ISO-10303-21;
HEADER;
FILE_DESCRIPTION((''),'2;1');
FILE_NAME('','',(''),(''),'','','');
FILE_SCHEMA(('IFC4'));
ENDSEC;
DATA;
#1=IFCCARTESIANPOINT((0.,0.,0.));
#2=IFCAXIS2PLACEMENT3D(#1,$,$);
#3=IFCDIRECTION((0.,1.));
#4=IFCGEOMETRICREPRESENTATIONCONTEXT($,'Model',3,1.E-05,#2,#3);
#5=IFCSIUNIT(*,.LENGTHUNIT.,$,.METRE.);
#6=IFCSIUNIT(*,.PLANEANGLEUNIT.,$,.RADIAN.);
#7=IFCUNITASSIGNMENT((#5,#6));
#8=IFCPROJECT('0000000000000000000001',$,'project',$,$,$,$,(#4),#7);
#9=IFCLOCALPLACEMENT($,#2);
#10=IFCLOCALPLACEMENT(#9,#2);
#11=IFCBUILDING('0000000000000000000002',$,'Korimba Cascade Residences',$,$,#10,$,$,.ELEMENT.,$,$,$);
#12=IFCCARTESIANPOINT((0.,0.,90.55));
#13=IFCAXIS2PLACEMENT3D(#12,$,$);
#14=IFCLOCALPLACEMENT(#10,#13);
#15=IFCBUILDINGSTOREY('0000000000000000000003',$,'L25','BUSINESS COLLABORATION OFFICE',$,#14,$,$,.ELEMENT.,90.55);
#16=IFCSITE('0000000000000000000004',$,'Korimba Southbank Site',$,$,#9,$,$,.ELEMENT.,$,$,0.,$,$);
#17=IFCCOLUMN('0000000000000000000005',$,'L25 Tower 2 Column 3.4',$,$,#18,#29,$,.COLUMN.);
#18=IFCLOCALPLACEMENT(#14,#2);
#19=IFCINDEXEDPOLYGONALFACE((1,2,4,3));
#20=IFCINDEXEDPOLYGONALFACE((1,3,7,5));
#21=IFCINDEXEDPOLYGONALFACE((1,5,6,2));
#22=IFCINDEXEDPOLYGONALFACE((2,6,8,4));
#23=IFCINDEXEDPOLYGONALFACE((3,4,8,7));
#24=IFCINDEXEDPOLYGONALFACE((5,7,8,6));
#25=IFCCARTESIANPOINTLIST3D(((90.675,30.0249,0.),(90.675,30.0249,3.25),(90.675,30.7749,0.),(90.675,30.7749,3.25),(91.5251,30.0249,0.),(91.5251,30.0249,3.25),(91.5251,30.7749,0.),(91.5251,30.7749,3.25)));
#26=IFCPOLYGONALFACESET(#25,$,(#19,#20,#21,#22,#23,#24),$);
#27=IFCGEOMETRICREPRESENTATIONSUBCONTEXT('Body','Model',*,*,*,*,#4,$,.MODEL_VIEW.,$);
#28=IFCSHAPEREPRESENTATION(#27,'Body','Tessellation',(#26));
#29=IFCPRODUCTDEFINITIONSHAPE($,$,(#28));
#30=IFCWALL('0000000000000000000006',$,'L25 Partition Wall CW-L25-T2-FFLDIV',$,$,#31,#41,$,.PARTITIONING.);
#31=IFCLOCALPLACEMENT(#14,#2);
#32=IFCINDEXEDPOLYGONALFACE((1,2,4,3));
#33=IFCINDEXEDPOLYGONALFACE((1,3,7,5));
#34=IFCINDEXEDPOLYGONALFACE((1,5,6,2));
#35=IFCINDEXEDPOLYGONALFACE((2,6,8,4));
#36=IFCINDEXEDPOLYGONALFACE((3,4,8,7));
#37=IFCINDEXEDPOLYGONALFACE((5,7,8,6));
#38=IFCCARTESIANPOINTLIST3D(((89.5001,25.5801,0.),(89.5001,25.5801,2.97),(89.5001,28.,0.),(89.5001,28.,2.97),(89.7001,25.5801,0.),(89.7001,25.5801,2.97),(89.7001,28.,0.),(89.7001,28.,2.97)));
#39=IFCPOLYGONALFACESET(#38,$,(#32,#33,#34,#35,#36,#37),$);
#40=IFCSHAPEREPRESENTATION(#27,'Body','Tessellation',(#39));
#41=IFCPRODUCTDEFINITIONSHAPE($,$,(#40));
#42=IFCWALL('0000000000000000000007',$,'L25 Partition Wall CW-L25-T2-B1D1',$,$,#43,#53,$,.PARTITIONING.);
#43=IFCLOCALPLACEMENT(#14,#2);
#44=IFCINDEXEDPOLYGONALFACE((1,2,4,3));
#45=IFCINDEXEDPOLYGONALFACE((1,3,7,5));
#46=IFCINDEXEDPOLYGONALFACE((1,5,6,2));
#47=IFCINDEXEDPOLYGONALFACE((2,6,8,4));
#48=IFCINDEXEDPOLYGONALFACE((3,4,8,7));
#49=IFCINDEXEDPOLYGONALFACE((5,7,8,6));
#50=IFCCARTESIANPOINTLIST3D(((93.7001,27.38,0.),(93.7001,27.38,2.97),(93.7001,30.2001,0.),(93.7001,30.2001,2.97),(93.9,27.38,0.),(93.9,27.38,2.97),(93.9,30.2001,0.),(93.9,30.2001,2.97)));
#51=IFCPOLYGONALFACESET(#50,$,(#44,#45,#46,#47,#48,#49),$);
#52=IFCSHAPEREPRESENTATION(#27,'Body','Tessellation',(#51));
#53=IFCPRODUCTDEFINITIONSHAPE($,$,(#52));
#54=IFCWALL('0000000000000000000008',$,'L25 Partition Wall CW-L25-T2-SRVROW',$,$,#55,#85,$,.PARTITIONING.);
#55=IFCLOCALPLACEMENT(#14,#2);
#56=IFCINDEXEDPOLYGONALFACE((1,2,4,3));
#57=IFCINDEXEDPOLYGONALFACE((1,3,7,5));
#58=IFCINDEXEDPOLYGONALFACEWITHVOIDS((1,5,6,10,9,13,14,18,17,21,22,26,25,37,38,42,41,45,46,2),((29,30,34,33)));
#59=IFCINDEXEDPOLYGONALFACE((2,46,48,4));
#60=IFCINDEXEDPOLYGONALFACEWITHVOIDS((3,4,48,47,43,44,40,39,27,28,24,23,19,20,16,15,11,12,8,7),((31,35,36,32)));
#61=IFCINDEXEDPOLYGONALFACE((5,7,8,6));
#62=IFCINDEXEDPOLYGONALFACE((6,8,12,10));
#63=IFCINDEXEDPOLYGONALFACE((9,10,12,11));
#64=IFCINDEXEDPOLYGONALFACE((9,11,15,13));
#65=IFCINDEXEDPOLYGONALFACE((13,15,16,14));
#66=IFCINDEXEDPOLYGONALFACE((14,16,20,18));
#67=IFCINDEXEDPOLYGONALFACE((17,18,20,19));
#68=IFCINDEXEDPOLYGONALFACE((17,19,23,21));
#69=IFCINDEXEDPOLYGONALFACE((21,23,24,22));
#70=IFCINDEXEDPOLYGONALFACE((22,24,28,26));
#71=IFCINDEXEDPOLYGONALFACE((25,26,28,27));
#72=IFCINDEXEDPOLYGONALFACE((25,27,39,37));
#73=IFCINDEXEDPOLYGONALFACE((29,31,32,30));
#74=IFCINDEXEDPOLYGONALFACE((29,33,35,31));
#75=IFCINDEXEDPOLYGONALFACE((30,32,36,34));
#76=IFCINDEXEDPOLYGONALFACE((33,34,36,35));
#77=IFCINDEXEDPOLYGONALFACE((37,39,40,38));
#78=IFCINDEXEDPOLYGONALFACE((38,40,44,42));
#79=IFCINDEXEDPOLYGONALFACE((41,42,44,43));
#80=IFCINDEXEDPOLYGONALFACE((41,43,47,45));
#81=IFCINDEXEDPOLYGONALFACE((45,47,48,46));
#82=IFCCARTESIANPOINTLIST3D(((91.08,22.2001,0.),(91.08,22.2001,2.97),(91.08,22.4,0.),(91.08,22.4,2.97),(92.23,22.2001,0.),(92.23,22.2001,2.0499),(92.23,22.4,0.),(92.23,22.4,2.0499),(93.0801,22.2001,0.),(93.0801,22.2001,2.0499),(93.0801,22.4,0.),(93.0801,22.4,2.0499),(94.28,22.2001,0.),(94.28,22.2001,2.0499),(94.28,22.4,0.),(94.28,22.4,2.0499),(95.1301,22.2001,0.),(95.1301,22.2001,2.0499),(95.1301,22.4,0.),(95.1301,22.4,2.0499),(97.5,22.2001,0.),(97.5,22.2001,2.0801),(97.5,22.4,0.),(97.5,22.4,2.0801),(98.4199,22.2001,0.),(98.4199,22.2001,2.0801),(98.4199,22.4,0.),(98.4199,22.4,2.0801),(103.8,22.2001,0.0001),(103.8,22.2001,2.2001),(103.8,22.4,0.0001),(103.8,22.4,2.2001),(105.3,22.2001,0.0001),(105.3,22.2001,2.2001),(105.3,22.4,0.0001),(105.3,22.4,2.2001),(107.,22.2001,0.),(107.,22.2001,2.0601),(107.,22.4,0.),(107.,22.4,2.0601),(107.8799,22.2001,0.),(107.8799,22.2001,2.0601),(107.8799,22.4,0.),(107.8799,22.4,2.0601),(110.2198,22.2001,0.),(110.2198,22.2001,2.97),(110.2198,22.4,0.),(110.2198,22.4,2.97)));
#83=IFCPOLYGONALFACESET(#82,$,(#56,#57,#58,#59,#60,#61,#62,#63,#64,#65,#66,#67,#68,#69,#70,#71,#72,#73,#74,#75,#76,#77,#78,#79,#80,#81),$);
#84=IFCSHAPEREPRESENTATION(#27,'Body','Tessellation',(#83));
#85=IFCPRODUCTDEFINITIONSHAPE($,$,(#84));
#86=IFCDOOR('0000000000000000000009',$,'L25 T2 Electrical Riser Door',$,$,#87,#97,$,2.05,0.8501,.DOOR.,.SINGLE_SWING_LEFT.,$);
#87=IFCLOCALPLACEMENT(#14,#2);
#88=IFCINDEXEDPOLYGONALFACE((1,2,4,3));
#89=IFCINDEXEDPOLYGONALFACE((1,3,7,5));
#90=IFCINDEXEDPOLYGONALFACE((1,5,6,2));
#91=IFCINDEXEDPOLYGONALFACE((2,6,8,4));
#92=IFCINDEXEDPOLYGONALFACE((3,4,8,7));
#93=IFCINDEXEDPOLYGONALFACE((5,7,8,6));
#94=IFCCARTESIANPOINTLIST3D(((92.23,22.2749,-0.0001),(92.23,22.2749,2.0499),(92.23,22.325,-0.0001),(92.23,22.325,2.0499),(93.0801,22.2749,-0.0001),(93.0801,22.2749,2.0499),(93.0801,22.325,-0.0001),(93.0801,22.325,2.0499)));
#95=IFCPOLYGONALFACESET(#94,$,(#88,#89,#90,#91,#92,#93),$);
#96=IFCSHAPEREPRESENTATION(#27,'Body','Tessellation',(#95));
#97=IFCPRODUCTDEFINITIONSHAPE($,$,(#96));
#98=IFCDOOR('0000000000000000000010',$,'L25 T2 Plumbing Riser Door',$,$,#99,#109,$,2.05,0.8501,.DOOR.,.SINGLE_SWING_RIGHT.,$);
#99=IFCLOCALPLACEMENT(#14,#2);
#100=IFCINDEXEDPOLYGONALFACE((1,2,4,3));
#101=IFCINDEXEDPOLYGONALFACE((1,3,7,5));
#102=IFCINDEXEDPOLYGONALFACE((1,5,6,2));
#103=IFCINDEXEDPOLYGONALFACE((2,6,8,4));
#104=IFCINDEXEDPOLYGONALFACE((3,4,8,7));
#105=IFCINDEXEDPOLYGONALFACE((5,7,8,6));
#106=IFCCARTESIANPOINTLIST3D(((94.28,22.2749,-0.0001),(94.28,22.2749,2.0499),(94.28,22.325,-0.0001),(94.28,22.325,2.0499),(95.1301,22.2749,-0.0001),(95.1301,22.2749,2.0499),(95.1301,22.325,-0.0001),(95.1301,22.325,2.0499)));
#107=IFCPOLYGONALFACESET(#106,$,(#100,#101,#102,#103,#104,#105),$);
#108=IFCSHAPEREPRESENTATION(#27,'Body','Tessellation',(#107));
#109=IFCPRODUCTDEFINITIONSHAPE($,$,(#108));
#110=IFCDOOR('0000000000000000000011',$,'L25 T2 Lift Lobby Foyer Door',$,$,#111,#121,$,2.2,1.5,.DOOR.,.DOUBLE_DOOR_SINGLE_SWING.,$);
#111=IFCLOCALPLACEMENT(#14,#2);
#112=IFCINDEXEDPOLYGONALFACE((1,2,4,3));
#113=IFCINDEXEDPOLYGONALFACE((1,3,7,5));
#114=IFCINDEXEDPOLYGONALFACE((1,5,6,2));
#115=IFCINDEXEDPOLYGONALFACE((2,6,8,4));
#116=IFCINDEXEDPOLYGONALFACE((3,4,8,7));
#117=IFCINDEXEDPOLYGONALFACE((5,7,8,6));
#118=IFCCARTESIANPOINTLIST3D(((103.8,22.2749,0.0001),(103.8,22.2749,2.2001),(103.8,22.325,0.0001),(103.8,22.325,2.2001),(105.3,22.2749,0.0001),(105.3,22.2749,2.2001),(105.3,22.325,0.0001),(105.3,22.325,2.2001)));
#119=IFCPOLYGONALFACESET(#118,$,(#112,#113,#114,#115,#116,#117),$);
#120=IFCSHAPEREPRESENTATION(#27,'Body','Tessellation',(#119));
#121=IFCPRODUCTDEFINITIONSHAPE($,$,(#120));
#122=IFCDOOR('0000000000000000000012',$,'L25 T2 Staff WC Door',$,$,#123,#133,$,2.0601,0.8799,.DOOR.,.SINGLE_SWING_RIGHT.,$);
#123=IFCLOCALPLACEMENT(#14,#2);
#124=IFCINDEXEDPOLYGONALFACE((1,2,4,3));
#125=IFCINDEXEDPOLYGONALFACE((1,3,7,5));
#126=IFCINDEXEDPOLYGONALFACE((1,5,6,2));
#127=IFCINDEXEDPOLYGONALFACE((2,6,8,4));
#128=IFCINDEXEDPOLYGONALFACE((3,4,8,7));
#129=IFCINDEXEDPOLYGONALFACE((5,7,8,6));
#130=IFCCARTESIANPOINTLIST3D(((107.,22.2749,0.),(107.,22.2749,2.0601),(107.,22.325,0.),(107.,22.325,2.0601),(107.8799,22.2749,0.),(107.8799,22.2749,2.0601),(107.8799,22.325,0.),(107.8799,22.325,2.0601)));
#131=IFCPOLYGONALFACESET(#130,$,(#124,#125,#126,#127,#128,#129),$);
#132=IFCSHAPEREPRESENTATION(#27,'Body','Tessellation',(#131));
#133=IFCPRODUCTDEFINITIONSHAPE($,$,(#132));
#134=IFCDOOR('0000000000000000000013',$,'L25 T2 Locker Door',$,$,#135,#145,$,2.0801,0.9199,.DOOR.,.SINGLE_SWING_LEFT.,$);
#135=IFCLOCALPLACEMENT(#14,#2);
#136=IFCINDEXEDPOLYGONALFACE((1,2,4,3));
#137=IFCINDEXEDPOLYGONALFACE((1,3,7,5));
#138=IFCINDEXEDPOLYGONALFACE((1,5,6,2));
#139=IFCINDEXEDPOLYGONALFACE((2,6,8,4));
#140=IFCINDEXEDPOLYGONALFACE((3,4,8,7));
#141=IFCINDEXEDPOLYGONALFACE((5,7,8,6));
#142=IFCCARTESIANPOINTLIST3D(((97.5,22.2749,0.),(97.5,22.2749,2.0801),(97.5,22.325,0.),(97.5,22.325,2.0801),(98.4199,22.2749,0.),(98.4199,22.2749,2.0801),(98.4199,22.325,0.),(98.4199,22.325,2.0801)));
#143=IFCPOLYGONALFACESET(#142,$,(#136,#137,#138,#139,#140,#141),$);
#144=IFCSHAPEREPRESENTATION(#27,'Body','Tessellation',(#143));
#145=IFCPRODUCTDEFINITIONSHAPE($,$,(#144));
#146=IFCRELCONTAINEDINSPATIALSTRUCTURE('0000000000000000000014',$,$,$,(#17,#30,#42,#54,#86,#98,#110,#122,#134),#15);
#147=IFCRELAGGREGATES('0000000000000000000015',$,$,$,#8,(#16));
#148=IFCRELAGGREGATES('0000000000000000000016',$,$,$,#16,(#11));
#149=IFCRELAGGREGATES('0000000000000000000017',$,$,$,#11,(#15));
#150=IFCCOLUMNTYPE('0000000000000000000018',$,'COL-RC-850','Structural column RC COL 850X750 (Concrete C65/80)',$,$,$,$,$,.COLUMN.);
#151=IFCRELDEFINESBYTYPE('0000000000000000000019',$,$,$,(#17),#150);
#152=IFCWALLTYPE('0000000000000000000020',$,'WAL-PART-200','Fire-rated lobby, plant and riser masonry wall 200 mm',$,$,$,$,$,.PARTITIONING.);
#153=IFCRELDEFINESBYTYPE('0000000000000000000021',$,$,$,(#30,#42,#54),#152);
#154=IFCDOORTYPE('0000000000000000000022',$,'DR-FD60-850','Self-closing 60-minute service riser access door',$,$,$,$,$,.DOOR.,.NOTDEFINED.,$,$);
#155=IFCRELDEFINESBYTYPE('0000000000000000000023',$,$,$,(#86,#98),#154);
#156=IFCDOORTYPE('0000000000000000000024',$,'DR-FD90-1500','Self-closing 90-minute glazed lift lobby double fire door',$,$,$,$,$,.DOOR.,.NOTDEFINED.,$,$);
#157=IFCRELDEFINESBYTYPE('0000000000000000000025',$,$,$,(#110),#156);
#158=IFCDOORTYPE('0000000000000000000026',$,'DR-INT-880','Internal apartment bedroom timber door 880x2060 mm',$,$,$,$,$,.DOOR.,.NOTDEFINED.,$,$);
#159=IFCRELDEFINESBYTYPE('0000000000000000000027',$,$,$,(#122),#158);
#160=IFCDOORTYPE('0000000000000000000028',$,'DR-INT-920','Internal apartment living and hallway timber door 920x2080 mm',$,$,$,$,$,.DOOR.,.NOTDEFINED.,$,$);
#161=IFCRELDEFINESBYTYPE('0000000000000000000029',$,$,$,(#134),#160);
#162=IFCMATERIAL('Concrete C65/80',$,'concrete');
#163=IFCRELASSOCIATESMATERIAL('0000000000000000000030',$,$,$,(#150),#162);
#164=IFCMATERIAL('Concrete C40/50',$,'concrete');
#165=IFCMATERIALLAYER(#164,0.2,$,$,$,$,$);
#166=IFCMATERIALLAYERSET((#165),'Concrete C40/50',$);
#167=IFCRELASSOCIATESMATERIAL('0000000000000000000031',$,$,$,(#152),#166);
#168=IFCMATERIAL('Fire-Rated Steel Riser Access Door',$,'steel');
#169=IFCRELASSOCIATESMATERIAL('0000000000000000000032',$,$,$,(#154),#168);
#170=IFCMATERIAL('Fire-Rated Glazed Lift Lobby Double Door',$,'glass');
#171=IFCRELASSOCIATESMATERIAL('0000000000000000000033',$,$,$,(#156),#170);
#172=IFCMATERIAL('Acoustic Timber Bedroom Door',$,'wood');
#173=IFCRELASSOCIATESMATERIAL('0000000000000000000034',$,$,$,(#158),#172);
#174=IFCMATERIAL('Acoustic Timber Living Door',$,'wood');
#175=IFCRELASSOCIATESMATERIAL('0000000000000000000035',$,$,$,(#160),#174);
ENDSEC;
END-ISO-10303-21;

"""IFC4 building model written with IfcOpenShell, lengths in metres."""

from ifc_helpers import new_model, si_unit, direction, frame, frame_2d, origin, origin_2d, place, context, subcontext, project, spatial, rectangle, extrude, material, layer, layer_set, material_profile, profile_set, type_object, element, fill, save


model = new_model("IFC4")

# Units and contexts
model_context = context("Model", 3, precision=1e-05, world=origin(), true_north=direction((0.0, 1.0)))
body_context = subcontext(model_context, "Body", "Model", "MODEL_VIEW")
ifc_project = project(units=[si_unit("LENGTHUNIT", "METRE"), si_unit("PLANEANGLEUNIT", "RADIAN")], contexts=[model_context])

# Site, building, storey
site_placement = place(None, origin())
site = spatial("IfcSite", under=ifc_project, at=site_placement, Name="Korimba Southbank Site", CompositionType="ELEMENT", RefElevation=0.0)
building_placement = place(site_placement, origin())
building = spatial("IfcBuilding", under=site, at=building_placement, Name="Korimba Cascade Residences", CompositionType="ELEMENT")
storey_placement = place(building_placement, frame((0.0, 0.0, 90.55)))
storey = spatial("IfcBuildingStorey", under=building, at=storey_placement, Name="L25", Description="BUSINESS COLLABORATION OFFICE", CompositionType="ELEMENT", Elevation=90.55)

# Column
ifc_material_1 = material(Name="Concrete C65/80", Category="concrete")
ifc_material_profile = material_profile(ifc_material_1, rectangle(XDim=0.8501, YDim=0.75, at=origin_2d()), Name="Concrete C65/80")
ifc_profile_set = profile_set([ifc_material_profile], Name="Concrete C65/80")
column_type = type_object("IfcColumnType", Name="COL-RC-850", Description="Structural column RC COL 850X750 (Concrete C65/80)", PredefinedType="COLUMN", material=ifc_profile_set)
column_placement = place(storey_placement, frame((91.1001, 30.3999, 0.0), z_axis=(0.0, 0.0, 1.0), x_axis=(1.0, 0.0, 0.0)))
element("IfcColumn", 1, at=column_placement, inside=storey, type_object=column_type, Name="L25 Tower 2 Column 3.4", PredefinedType="COLUMN", context=body_context, shape_type="SweptSolid", body=[
    extrude(rectangle(XDim=0.8501, YDim=0.75, at=origin_2d()), origin(), (0.0, 0.0, 1.0), 3.25),
])

# Walls
ifc_material_2 = material(Name="Concrete C40/50", Category="concrete")
ifc_layer_1 = layer(ifc_material_2, 0.2)
ifc_layer_set_1 = layer_set([ifc_layer_1], Name="Concrete C40/50")
wall_type_1 = type_object("IfcWallType", Name="WAL-PART-200", Description="Fire-rated lobby, plant and riser masonry wall 200 mm", PredefinedType="PARTITIONING", material=ifc_layer_set_1)
wall_1_placement = place(storey_placement, frame((89.6001, 25.5801, 0.0), z_axis=(0.0, 0.0, 1.0), x_axis=(0.0, 1.0, 0.0)))
element("IfcWall", 2, at=wall_1_placement, inside=storey, type_object=wall_type_1, Name="L25 Partition Wall CW-L25-T2-FFLDIV", PredefinedType="PARTITIONING", context=body_context, shape_type="SweptSolid", body=[
    extrude(rectangle(XDim=2.4199, YDim=0.2, at=frame_2d((1.21, 0.0))), origin(), (0.0, 0.0, 1.0), 2.97),
])
wall_2_placement = place(storey_placement, frame((93.8, 27.3799, 0.0), z_axis=(0.0, 0.0, 1.0), x_axis=(0.0, 1.0, 0.0)))
element("IfcWall", 3, at=wall_2_placement, inside=storey, type_object=wall_type_1, Name="L25 Partition Wall CW-L25-T2-B1D1", PredefinedType="PARTITIONING", context=body_context, shape_type="SweptSolid", body=[
    extrude(rectangle(XDim=2.8201, YDim=0.2, at=frame_2d((1.4102, 0.0))), origin(), (0.0, 0.0, 1.0), 2.97),
])

# Wall, openings, doors
wall_3_placement = place(storey_placement, frame((91.0801, 22.3, 0.0), z_axis=(0.0, 0.0, 1.0), x_axis=(1.0, 0.0, 0.0)))
wall_3 = element("IfcWall", 4, at=wall_3_placement, inside=storey, type_object=wall_type_1, Name="L25 Partition Wall CW-L25-T2-SRVROW", PredefinedType="PARTITIONING", context=body_context, shape_type="SweptSolid", body=[
    extrude(rectangle(XDim=19.1399, YDim=0.2, at=frame_2d((9.5698, 0.0))), origin(), (0.0, 0.0, 1.0), 2.97),
])
opening_1_placement = place(wall_3_placement, frame((1.1499, 0.0, 0.0)))
opening_1 = element("IfcOpeningElement", 5, at=opening_1_placement, cuts=wall_3, PredefinedType="OPENING", context=body_context, shape_type="SweptSolid", body=[
    extrude(rectangle(XDim=0.8501, YDim=2.05, at=frame_2d((0.425, 1.0249))), frame((0.0, 0.1099, 0.0), z_axis=(0.0, -1.0, 0.0), x_axis=(1.0, 0.0, 0.0)), (0.0, 0.0, 1.0), 0.22),
])
opening_2_placement = place(wall_3_placement, frame((3.2, 0.0, 0.0)))
opening_2 = element("IfcOpeningElement", 6, at=opening_2_placement, cuts=wall_3, PredefinedType="OPENING", context=body_context, shape_type="SweptSolid", body=[
    extrude(rectangle(XDim=0.8501, YDim=2.05, at=frame_2d((0.425, 1.0249))), frame((0.0, 0.1099, 0.0), z_axis=(0.0, -1.0, 0.0), x_axis=(1.0, 0.0, 0.0)), (0.0, 0.0, 1.0), 0.22),
])
opening_3_placement = place(wall_3_placement, frame((12.72, 0.0, 0.0)))
opening_3 = element("IfcOpeningElement", 7, at=opening_3_placement, cuts=wall_3, PredefinedType="OPENING", context=body_context, shape_type="SweptSolid", body=[
    extrude(rectangle(XDim=1.5, YDim=2.2, at=frame_2d((0.75, 1.1001))), frame((0.0, 0.1099, 0.0), z_axis=(0.0, -1.0, 0.0), x_axis=(1.0, 0.0, 0.0)), (0.0, 0.0, 1.0), 0.22),
])
opening_4_placement = place(wall_3_placement, frame((6.4199, 0.0, 0.0)))
opening_4 = element("IfcOpeningElement", 8, at=opening_4_placement, cuts=wall_3, PredefinedType="OPENING", context=body_context, shape_type="SweptSolid", body=[
    extrude(rectangle(XDim=0.9199, YDim=2.0801, at=frame_2d((0.46, 1.04))), frame((0.0, 0.1099, 0.0), z_axis=(0.0, -1.0, 0.0), x_axis=(1.0, 0.0, 0.0)), (0.0, 0.0, 1.0), 0.22),
])
opening_5_placement = place(wall_3_placement, frame((15.9199, 0.0, 0.0)))
opening_5 = element("IfcOpeningElement", 9, at=opening_5_placement, cuts=wall_3, PredefinedType="OPENING", context=body_context, shape_type="SweptSolid", body=[
    extrude(rectangle(XDim=0.8799, YDim=2.0601, at=frame_2d((0.4399, 1.03))), frame((0.0, 0.1099, 0.0), z_axis=(0.0, -1.0, 0.0), x_axis=(1.0, 0.0, 0.0)), (0.0, 0.0, 1.0), 0.22),
])
ifc_material_3 = material(Name="Fire-Rated Steel Riser Access Door", Category="steel")
door_type_1 = type_object("IfcDoorType", Name="DR-FD60-850", Description="Self-closing 60-minute service riser access door", OperationType="NOTDEFINED", PredefinedType="DOOR", material=ifc_material_3)
door_1_placement = place(opening_1_placement, origin())
door_1 = element("IfcDoor", 10, at=door_1_placement, inside=storey, type_object=door_type_1, Name="L25 T2 Electrical Riser Door", OperationType="SINGLE_SWING_LEFT", OverallHeight=2.05, OverallWidth=0.8501, PredefinedType="DOOR", context=body_context, shape_type="SweptSolid", body=[
    extrude(rectangle(XDim=0.8501, YDim=2.05, at=frame_2d((0.425, 1.0249))), frame((0.0, 0.0249, 0.0), z_axis=(0.0, -1.0, 0.0), x_axis=(1.0, 0.0, 0.0)), (0.0, 0.0, 1.0), 0.05),
])
fill(opening_1, door_1)
door_2_placement = place(opening_2_placement, origin())
door_2 = element("IfcDoor", 11, at=door_2_placement, inside=storey, type_object=door_type_1, Name="L25 T2 Plumbing Riser Door", OperationType="SINGLE_SWING_RIGHT", OverallHeight=2.05, OverallWidth=0.8501, PredefinedType="DOOR", context=body_context, shape_type="SweptSolid", body=[
    extrude(rectangle(XDim=0.8501, YDim=2.05, at=frame_2d((0.425, 1.0249))), frame((0.0, 0.0249, 0.0), z_axis=(0.0, -1.0, 0.0), x_axis=(1.0, 0.0, 0.0)), (0.0, 0.0, 1.0), 0.05),
])
fill(opening_2, door_2)
ifc_material_4 = material(Name="Fire-Rated Glazed Lift Lobby Double Door", Category="glass")
door_type_2 = type_object("IfcDoorType", Name="DR-FD90-1500", Description="Self-closing 90-minute glazed lift lobby double fire door", OperationType="NOTDEFINED", PredefinedType="DOOR", material=ifc_material_4)
door_3_placement = place(opening_3_placement, origin())
door_3 = element("IfcDoor", 12, at=door_3_placement, inside=storey, type_object=door_type_2, Name="L25 T2 Lift Lobby Foyer Door", OperationType="DOUBLE_DOOR_SINGLE_SWING", OverallHeight=2.2, OverallWidth=1.5, PredefinedType="DOOR", context=body_context, shape_type="SweptSolid", body=[
    extrude(rectangle(XDim=1.5, YDim=2.2, at=frame_2d((0.75, 1.1001))), frame((0.0, 0.0249, 0.0), z_axis=(0.0, -1.0, 0.0), x_axis=(1.0, 0.0, 0.0)), (0.0, 0.0, 1.0), 0.05),
])
fill(opening_3, door_3)
ifc_material_5 = material(Name="Acoustic Timber Bedroom Door", Category="wood")
door_type_3 = type_object("IfcDoorType", Name="DR-INT-880", Description="Internal apartment bedroom timber door 880x2060 mm", OperationType="NOTDEFINED", PredefinedType="DOOR", material=ifc_material_5)
door_4_placement = place(opening_5_placement, origin())
door_4 = element("IfcDoor", 13, at=door_4_placement, inside=storey, type_object=door_type_3, Name="L25 T2 Staff WC Door", OperationType="SINGLE_SWING_RIGHT", OverallHeight=2.0601, OverallWidth=0.8799, PredefinedType="DOOR", context=body_context, shape_type="SweptSolid", body=[
    extrude(rectangle(XDim=0.8799, YDim=2.0601, at=frame_2d((0.4399, 1.03))), frame((0.0, 0.0249, 0.0), z_axis=(0.0, -1.0, 0.0), x_axis=(1.0, 0.0, 0.0)), (0.0, 0.0, 1.0), 0.05),
])
fill(opening_5, door_4)
ifc_material_6 = material(Name="Acoustic Timber Living Door", Category="wood")
door_type_4 = type_object("IfcDoorType", Name="DR-INT-920", Description="Internal apartment living and hallway timber door 920x2080 mm", OperationType="NOTDEFINED", PredefinedType="DOOR", material=ifc_material_6)
door_5_placement = place(opening_4_placement, origin())
door_5 = element("IfcDoor", 14, at=door_5_placement, inside=storey, type_object=door_type_4, Name="L25 T2 Locker Door", OperationType="SINGLE_SWING_LEFT", OverallHeight=2.0801, OverallWidth=0.9199, PredefinedType="DOOR", context=body_context, shape_type="SweptSolid", body=[
    extrude(rectangle(XDim=0.9199, YDim=2.0801, at=frame_2d((0.46, 1.04))), frame((0.0, 0.0249, 0.0), z_axis=(0.0, -1.0, 0.0), x_axis=(1.0, 0.0, 0.0)), (0.0, 0.0, 1.0), 0.05),
])
fill(opening_4, door_5)

save(model, "model.ifc")
